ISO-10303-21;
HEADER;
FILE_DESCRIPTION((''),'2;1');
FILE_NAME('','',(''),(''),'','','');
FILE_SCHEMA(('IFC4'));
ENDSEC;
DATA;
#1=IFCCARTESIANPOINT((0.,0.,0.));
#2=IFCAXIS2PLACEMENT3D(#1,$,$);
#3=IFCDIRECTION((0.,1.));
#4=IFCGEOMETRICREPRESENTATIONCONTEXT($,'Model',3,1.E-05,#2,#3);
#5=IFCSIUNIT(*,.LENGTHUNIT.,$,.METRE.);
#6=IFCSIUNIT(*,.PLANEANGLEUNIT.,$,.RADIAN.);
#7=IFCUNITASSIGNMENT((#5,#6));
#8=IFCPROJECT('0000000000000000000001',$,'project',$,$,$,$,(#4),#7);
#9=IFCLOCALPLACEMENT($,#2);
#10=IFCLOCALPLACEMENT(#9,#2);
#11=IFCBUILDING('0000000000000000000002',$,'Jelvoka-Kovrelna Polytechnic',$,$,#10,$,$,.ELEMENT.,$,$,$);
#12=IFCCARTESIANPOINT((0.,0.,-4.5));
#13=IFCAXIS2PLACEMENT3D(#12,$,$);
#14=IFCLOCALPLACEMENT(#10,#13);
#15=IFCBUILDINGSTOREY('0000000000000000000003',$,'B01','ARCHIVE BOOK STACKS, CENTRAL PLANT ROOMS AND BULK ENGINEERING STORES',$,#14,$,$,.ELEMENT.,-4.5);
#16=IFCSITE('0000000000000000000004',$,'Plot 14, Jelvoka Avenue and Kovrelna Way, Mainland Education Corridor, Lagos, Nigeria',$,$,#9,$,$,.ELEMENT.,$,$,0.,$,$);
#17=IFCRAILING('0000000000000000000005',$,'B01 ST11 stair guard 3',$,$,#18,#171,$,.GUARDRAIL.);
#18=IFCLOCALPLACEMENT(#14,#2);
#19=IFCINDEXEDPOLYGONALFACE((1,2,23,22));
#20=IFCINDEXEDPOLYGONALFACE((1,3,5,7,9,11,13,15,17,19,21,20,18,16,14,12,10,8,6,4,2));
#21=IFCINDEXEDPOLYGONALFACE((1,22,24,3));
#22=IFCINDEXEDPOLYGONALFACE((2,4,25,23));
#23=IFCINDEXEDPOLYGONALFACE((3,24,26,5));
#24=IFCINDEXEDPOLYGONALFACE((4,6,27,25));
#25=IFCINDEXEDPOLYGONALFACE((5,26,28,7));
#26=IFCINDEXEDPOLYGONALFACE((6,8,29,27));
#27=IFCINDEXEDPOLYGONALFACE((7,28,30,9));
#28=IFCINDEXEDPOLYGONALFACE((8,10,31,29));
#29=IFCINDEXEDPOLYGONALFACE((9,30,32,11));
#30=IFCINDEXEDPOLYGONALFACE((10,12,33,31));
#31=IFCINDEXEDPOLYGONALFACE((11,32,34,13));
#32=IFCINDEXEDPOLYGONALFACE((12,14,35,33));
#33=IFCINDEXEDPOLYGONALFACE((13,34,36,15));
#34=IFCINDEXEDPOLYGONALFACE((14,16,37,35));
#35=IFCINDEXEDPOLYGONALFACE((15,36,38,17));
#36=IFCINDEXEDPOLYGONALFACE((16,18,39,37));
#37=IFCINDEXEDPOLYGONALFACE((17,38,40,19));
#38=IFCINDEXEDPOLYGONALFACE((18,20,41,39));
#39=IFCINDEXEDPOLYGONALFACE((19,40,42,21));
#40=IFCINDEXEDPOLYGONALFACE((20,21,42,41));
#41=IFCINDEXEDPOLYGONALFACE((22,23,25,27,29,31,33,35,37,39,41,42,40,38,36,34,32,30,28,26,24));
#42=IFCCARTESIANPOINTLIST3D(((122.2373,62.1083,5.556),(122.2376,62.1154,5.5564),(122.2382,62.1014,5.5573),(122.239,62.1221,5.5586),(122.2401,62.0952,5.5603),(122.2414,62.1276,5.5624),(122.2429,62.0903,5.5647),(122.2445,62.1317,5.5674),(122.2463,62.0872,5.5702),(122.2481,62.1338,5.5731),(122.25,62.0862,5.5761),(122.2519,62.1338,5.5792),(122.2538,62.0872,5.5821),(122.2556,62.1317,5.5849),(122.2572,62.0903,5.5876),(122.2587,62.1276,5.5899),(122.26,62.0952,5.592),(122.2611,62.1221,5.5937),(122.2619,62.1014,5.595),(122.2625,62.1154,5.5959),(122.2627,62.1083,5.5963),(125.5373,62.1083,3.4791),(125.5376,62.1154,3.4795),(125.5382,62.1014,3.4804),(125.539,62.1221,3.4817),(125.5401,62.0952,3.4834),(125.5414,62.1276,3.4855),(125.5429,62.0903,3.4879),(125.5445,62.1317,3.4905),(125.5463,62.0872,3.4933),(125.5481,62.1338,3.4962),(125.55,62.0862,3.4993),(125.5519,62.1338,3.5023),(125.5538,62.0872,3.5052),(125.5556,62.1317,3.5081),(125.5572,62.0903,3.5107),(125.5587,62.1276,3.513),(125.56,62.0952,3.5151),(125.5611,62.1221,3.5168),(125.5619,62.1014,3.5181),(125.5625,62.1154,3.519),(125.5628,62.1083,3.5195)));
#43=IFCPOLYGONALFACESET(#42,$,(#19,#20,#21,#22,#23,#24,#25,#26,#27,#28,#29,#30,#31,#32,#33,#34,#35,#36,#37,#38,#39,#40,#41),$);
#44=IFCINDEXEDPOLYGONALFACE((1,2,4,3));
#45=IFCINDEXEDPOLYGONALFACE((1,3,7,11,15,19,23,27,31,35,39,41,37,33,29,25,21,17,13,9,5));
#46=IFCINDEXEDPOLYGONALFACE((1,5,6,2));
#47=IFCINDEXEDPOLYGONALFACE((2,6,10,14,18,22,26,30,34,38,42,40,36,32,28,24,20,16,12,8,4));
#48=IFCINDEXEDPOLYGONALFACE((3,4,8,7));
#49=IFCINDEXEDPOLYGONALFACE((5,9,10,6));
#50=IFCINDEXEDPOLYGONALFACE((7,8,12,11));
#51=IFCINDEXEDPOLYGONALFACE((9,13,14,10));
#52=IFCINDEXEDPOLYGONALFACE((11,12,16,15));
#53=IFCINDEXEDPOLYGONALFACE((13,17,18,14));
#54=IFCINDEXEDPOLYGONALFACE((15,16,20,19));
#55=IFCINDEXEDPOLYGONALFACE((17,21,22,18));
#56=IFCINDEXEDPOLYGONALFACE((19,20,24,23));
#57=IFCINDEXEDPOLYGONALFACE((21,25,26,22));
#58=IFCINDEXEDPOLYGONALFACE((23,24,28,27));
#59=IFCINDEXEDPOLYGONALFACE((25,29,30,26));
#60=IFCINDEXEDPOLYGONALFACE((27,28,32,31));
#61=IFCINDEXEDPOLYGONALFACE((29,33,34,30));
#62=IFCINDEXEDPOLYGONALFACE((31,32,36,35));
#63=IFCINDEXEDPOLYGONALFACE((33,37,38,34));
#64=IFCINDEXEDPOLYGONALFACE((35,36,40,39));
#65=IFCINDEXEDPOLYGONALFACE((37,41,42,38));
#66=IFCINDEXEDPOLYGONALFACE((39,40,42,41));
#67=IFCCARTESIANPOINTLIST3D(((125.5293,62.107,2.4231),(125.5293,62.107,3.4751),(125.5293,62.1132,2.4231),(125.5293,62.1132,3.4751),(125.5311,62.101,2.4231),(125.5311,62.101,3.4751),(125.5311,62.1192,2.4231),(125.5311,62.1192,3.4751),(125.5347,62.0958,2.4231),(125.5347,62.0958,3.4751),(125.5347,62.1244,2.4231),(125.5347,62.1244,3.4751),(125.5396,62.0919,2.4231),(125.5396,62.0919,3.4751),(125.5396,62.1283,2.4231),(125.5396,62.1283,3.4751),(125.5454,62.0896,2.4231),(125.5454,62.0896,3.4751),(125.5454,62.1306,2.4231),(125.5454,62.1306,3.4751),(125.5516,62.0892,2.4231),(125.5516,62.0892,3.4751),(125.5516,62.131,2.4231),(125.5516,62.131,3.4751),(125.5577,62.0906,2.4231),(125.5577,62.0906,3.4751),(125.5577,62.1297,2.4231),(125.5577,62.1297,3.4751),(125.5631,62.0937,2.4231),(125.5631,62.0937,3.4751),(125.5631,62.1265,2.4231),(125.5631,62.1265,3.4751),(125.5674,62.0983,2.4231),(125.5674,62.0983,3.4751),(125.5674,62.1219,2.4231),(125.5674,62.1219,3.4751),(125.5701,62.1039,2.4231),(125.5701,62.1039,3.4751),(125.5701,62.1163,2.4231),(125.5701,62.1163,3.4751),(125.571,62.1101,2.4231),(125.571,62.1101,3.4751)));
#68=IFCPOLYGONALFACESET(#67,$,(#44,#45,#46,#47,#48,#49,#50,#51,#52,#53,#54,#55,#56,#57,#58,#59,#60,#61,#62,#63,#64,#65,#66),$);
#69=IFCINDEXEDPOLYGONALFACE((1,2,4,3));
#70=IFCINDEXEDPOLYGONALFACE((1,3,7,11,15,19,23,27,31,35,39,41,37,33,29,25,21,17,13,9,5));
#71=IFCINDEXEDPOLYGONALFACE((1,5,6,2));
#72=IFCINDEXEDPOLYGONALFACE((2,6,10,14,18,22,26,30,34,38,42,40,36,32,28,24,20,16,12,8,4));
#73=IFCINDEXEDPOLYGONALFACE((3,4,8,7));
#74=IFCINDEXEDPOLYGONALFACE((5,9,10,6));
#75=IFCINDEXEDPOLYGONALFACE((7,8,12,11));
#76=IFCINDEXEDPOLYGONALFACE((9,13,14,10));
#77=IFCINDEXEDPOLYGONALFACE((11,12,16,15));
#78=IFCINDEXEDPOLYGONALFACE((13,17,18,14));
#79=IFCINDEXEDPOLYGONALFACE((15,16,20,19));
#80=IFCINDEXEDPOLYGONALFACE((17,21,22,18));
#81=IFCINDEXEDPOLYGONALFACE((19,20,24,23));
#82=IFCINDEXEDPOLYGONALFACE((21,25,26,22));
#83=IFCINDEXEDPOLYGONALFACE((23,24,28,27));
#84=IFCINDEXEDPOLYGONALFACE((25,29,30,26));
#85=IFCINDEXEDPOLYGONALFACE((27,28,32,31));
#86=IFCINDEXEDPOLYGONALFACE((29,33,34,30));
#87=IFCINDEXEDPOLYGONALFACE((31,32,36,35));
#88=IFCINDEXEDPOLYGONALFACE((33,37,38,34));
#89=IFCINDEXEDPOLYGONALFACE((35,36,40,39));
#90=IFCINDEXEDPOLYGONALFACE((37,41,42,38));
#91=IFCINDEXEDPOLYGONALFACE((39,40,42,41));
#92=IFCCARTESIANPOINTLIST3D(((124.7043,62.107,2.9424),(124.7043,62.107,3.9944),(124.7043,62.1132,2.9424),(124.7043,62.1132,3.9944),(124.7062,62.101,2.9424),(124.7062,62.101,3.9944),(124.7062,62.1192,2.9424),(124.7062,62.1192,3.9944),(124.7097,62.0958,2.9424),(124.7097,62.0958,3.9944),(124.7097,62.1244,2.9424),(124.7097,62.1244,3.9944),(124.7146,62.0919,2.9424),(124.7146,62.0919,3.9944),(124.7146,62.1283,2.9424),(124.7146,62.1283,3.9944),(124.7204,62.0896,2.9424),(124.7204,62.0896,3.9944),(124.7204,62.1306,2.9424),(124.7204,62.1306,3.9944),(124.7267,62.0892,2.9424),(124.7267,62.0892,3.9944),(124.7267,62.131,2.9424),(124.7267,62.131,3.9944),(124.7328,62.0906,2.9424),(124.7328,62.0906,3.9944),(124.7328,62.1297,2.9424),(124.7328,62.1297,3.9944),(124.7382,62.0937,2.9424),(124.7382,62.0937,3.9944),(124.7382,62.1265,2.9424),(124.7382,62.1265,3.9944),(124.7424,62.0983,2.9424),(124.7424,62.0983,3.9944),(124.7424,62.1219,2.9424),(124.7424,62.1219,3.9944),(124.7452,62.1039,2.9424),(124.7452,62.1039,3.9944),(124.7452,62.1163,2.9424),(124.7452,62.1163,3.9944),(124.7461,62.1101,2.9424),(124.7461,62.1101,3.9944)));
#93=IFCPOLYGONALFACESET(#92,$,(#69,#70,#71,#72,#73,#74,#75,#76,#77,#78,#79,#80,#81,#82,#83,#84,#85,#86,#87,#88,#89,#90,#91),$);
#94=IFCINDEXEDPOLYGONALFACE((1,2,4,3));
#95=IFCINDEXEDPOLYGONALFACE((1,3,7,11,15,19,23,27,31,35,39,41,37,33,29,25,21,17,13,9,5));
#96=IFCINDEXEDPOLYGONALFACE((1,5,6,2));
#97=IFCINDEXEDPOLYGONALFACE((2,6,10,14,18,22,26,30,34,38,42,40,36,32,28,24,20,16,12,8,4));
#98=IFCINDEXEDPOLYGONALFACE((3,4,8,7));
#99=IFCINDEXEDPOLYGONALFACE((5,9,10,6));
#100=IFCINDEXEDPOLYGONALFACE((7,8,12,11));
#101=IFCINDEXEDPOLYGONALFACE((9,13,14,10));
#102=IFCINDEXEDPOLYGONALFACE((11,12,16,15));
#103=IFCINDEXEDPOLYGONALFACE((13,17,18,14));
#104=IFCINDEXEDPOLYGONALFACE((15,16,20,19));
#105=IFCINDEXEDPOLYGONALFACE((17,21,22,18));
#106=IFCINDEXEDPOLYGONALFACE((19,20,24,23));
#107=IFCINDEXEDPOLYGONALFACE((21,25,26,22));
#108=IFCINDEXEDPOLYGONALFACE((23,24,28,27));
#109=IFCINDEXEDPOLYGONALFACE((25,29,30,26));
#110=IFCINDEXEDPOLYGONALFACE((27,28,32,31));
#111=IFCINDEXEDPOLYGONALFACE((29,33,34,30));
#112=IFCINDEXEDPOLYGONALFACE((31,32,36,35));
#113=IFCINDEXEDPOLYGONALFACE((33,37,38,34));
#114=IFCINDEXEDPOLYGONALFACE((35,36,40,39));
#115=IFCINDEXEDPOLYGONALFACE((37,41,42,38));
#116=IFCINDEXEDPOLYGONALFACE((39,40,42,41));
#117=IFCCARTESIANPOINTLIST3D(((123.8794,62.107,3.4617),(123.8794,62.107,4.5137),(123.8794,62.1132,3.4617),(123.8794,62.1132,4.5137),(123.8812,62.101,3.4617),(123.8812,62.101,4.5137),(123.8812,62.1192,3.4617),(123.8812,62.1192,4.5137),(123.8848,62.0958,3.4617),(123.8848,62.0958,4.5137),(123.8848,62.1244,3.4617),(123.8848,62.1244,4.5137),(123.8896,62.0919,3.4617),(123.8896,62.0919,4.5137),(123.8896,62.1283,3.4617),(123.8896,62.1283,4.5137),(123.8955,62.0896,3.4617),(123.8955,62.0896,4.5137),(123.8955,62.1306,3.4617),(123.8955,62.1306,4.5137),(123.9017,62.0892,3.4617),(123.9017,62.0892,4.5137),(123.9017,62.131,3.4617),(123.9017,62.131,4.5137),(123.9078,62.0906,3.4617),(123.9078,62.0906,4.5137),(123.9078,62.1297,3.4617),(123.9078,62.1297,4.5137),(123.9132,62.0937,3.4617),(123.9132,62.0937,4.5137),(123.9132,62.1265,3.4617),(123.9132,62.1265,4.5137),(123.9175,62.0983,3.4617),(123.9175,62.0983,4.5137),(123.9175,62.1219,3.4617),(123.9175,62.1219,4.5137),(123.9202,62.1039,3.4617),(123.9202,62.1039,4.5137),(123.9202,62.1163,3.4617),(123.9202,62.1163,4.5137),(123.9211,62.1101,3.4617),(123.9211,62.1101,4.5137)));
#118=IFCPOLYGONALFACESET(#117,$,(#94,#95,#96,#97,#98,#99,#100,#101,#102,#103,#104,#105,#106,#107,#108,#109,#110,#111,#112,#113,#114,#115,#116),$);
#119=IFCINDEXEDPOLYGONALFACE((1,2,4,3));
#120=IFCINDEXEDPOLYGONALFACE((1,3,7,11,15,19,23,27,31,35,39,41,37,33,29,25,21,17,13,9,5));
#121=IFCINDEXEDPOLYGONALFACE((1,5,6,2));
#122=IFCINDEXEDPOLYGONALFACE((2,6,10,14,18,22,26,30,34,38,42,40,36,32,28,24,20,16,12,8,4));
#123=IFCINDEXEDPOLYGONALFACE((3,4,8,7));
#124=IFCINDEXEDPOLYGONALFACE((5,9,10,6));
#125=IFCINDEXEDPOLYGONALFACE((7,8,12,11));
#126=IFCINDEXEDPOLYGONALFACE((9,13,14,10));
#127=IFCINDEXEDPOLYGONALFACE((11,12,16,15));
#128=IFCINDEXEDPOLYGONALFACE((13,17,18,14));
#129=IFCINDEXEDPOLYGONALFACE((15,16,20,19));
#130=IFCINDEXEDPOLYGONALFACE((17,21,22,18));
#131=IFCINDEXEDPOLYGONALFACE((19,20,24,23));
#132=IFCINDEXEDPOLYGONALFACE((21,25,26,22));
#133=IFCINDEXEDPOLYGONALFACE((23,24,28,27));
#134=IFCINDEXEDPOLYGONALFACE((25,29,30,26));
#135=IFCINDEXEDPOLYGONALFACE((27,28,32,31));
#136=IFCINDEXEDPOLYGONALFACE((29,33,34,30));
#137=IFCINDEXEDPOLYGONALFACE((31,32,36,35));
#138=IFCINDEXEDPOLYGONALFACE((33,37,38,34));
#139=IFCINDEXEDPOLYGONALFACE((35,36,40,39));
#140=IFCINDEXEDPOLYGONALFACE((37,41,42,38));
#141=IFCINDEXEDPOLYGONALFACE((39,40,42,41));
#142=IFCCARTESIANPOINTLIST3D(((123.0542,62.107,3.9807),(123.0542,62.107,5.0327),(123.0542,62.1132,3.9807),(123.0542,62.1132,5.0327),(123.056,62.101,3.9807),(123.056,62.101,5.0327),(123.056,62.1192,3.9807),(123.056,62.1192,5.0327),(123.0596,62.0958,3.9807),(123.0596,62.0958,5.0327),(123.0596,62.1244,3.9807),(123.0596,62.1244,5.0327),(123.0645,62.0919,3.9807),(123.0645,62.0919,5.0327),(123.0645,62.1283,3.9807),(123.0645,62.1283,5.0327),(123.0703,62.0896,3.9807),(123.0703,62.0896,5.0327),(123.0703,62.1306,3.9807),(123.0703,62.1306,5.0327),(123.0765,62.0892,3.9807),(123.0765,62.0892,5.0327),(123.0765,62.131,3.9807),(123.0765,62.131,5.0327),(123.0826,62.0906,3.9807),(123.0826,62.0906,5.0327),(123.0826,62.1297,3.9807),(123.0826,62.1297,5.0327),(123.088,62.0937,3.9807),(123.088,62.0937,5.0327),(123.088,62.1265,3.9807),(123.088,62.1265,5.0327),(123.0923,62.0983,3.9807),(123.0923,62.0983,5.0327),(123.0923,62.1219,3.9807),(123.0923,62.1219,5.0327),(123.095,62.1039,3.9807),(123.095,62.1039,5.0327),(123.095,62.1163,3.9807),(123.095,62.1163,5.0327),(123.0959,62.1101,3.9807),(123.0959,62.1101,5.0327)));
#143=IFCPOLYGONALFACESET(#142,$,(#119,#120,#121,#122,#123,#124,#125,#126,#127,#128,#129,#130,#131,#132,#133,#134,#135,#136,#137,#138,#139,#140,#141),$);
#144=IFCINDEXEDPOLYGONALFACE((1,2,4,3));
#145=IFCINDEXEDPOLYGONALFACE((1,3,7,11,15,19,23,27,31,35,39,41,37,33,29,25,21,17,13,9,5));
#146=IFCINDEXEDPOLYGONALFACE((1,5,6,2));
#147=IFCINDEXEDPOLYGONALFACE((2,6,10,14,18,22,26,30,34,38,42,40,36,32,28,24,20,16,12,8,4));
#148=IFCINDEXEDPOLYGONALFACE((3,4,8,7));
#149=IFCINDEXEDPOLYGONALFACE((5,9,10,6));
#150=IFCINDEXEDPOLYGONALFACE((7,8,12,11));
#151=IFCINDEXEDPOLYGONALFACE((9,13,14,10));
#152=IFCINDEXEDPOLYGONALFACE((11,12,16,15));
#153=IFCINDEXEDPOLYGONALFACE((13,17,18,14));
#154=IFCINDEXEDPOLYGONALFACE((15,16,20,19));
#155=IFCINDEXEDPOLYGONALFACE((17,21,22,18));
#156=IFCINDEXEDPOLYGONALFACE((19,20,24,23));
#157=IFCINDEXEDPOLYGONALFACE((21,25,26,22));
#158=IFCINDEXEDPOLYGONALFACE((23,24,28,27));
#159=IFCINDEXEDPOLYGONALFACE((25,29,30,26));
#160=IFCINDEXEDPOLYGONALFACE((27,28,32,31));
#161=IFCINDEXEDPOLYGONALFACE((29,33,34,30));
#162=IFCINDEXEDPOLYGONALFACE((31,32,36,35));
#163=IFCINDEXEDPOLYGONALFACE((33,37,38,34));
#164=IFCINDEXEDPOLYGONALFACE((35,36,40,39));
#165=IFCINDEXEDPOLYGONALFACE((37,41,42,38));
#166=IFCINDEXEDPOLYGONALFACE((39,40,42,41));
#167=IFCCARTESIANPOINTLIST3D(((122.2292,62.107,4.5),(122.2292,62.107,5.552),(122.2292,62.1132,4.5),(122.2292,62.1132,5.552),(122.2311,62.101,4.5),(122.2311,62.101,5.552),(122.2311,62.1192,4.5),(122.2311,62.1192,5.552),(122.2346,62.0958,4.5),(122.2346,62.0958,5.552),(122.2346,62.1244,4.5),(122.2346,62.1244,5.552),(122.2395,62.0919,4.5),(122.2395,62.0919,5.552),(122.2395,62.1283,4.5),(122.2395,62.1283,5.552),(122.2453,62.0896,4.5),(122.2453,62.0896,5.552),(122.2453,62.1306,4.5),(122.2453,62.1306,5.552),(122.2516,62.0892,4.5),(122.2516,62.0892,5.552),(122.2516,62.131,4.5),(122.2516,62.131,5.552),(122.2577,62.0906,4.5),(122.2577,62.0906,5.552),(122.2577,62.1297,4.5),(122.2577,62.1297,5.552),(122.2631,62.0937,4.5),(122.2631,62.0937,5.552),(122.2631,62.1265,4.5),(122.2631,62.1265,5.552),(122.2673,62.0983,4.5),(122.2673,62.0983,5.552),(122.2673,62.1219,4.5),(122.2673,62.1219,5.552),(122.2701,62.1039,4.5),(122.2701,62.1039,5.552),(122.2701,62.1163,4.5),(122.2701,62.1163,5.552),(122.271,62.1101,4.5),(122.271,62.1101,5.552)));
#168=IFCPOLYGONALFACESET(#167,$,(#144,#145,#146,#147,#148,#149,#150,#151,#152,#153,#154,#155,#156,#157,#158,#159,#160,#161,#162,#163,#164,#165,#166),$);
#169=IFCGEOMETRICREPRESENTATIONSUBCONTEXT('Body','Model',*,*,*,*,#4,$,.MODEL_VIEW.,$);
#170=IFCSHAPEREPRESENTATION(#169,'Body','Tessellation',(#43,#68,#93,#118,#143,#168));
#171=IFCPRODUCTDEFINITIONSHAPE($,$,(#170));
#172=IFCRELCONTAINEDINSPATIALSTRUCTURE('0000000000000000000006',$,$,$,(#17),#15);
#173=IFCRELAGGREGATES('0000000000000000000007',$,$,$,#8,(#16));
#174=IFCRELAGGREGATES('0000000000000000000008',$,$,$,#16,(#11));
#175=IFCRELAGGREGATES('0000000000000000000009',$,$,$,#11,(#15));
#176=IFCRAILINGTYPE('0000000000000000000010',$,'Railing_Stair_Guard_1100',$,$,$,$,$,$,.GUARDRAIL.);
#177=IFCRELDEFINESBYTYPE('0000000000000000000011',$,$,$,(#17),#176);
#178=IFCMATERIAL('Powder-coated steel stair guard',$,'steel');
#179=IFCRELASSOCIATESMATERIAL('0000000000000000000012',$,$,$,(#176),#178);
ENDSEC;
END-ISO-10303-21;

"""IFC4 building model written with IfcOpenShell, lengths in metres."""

from ifc_helpers import new_model, si_unit, direction, frame, origin, origin_2d, place, context, subcontext, project, spatial, circle, extrude, material, type_object, element, save


model = new_model("IFC4")

# Units and contexts
model_context = context("Model", 3, precision=1e-05, world=origin(), true_north=direction((0.0, 1.0)))
body_context = subcontext(model_context, "Body", "Model", "MODEL_VIEW")
ifc_project = project(units=[si_unit("LENGTHUNIT", "METRE"), si_unit("PLANEANGLEUNIT", "RADIAN")], contexts=[model_context])

# Site, building, storey
site_placement = place(None, origin())
site = spatial("IfcSite", under=ifc_project, at=site_placement, Name="Plot 14, Jelvoka Avenue and Kovrelna Way, Mainland Education Corridor, Lagos, Nigeria", CompositionType="ELEMENT", RefElevation=0.0)
building_placement = place(site_placement, origin())
building = spatial("IfcBuilding", under=site, at=building_placement, Name="Jelvoka-Kovrelna Polytechnic", CompositionType="ELEMENT")
storey_placement = place(building_placement, frame((0.0, 0.0, -4.5)))
storey = spatial("IfcBuildingStorey", under=building, at=storey_placement, Name="B01", Description="ARCHIVE BOOK STACKS, CENTRAL PLANT ROOMS AND BULK ENGINEERING STORES", CompositionType="ELEMENT", Elevation=-4.5)

# Railing
ifc_material_1 = material(Name="Powder-coated steel stair guard", Category="steel")
railing_type_1 = type_object("IfcRailingType", Name="Railing_Stair_Guard_1100", PredefinedType="GUARDRAIL", material=ifc_material_1)
railing_1_placement = place(storey_placement, frame((125.55, 62.1101, 2.4231)))
element("IfcRailing", 1, at=railing_1_placement, inside=storey, type_object=railing_type_1, Name="B01 ST11 stair guard 3", PredefinedType="GUARDRAIL", context=body_context, shape_type="SweptSolid", body=[
    extrude(circle(Radius=0.0239, at=origin_2d()), frame((0.0, 0.0, 1.0762), z_axis=(-0.846337, 0.0, 0.532647), x_axis=(0.0, -1.0, 0.0)), (0.0, 0.0, 1.0), 3.8992),
    extrude(circle(Radius=0.021, at=origin_2d()), origin(), (0.0, 0.0, 1.0), 1.052),
    extrude(circle(Radius=0.021, at=origin_2d()), frame((-0.825, 0.0, 0.5193)), (0.0, 0.0, 1.0), 1.052),
    extrude(circle(Radius=0.021, at=origin_2d()), frame((-1.6499, 0.0, 1.0386)), (0.0, 0.0, 1.0), 1.052),
    extrude(circle(Radius=0.021, at=origin_2d()), frame((-2.4751, 0.0, 1.5576)), (0.0, 0.0, 1.0), 1.052),
    extrude(circle(Radius=0.021, at=origin_2d()), frame((-3.3, 0.0, 2.0769)), (0.0, 0.0, 1.0), 1.052),
])

save(model, "model.ifc")
